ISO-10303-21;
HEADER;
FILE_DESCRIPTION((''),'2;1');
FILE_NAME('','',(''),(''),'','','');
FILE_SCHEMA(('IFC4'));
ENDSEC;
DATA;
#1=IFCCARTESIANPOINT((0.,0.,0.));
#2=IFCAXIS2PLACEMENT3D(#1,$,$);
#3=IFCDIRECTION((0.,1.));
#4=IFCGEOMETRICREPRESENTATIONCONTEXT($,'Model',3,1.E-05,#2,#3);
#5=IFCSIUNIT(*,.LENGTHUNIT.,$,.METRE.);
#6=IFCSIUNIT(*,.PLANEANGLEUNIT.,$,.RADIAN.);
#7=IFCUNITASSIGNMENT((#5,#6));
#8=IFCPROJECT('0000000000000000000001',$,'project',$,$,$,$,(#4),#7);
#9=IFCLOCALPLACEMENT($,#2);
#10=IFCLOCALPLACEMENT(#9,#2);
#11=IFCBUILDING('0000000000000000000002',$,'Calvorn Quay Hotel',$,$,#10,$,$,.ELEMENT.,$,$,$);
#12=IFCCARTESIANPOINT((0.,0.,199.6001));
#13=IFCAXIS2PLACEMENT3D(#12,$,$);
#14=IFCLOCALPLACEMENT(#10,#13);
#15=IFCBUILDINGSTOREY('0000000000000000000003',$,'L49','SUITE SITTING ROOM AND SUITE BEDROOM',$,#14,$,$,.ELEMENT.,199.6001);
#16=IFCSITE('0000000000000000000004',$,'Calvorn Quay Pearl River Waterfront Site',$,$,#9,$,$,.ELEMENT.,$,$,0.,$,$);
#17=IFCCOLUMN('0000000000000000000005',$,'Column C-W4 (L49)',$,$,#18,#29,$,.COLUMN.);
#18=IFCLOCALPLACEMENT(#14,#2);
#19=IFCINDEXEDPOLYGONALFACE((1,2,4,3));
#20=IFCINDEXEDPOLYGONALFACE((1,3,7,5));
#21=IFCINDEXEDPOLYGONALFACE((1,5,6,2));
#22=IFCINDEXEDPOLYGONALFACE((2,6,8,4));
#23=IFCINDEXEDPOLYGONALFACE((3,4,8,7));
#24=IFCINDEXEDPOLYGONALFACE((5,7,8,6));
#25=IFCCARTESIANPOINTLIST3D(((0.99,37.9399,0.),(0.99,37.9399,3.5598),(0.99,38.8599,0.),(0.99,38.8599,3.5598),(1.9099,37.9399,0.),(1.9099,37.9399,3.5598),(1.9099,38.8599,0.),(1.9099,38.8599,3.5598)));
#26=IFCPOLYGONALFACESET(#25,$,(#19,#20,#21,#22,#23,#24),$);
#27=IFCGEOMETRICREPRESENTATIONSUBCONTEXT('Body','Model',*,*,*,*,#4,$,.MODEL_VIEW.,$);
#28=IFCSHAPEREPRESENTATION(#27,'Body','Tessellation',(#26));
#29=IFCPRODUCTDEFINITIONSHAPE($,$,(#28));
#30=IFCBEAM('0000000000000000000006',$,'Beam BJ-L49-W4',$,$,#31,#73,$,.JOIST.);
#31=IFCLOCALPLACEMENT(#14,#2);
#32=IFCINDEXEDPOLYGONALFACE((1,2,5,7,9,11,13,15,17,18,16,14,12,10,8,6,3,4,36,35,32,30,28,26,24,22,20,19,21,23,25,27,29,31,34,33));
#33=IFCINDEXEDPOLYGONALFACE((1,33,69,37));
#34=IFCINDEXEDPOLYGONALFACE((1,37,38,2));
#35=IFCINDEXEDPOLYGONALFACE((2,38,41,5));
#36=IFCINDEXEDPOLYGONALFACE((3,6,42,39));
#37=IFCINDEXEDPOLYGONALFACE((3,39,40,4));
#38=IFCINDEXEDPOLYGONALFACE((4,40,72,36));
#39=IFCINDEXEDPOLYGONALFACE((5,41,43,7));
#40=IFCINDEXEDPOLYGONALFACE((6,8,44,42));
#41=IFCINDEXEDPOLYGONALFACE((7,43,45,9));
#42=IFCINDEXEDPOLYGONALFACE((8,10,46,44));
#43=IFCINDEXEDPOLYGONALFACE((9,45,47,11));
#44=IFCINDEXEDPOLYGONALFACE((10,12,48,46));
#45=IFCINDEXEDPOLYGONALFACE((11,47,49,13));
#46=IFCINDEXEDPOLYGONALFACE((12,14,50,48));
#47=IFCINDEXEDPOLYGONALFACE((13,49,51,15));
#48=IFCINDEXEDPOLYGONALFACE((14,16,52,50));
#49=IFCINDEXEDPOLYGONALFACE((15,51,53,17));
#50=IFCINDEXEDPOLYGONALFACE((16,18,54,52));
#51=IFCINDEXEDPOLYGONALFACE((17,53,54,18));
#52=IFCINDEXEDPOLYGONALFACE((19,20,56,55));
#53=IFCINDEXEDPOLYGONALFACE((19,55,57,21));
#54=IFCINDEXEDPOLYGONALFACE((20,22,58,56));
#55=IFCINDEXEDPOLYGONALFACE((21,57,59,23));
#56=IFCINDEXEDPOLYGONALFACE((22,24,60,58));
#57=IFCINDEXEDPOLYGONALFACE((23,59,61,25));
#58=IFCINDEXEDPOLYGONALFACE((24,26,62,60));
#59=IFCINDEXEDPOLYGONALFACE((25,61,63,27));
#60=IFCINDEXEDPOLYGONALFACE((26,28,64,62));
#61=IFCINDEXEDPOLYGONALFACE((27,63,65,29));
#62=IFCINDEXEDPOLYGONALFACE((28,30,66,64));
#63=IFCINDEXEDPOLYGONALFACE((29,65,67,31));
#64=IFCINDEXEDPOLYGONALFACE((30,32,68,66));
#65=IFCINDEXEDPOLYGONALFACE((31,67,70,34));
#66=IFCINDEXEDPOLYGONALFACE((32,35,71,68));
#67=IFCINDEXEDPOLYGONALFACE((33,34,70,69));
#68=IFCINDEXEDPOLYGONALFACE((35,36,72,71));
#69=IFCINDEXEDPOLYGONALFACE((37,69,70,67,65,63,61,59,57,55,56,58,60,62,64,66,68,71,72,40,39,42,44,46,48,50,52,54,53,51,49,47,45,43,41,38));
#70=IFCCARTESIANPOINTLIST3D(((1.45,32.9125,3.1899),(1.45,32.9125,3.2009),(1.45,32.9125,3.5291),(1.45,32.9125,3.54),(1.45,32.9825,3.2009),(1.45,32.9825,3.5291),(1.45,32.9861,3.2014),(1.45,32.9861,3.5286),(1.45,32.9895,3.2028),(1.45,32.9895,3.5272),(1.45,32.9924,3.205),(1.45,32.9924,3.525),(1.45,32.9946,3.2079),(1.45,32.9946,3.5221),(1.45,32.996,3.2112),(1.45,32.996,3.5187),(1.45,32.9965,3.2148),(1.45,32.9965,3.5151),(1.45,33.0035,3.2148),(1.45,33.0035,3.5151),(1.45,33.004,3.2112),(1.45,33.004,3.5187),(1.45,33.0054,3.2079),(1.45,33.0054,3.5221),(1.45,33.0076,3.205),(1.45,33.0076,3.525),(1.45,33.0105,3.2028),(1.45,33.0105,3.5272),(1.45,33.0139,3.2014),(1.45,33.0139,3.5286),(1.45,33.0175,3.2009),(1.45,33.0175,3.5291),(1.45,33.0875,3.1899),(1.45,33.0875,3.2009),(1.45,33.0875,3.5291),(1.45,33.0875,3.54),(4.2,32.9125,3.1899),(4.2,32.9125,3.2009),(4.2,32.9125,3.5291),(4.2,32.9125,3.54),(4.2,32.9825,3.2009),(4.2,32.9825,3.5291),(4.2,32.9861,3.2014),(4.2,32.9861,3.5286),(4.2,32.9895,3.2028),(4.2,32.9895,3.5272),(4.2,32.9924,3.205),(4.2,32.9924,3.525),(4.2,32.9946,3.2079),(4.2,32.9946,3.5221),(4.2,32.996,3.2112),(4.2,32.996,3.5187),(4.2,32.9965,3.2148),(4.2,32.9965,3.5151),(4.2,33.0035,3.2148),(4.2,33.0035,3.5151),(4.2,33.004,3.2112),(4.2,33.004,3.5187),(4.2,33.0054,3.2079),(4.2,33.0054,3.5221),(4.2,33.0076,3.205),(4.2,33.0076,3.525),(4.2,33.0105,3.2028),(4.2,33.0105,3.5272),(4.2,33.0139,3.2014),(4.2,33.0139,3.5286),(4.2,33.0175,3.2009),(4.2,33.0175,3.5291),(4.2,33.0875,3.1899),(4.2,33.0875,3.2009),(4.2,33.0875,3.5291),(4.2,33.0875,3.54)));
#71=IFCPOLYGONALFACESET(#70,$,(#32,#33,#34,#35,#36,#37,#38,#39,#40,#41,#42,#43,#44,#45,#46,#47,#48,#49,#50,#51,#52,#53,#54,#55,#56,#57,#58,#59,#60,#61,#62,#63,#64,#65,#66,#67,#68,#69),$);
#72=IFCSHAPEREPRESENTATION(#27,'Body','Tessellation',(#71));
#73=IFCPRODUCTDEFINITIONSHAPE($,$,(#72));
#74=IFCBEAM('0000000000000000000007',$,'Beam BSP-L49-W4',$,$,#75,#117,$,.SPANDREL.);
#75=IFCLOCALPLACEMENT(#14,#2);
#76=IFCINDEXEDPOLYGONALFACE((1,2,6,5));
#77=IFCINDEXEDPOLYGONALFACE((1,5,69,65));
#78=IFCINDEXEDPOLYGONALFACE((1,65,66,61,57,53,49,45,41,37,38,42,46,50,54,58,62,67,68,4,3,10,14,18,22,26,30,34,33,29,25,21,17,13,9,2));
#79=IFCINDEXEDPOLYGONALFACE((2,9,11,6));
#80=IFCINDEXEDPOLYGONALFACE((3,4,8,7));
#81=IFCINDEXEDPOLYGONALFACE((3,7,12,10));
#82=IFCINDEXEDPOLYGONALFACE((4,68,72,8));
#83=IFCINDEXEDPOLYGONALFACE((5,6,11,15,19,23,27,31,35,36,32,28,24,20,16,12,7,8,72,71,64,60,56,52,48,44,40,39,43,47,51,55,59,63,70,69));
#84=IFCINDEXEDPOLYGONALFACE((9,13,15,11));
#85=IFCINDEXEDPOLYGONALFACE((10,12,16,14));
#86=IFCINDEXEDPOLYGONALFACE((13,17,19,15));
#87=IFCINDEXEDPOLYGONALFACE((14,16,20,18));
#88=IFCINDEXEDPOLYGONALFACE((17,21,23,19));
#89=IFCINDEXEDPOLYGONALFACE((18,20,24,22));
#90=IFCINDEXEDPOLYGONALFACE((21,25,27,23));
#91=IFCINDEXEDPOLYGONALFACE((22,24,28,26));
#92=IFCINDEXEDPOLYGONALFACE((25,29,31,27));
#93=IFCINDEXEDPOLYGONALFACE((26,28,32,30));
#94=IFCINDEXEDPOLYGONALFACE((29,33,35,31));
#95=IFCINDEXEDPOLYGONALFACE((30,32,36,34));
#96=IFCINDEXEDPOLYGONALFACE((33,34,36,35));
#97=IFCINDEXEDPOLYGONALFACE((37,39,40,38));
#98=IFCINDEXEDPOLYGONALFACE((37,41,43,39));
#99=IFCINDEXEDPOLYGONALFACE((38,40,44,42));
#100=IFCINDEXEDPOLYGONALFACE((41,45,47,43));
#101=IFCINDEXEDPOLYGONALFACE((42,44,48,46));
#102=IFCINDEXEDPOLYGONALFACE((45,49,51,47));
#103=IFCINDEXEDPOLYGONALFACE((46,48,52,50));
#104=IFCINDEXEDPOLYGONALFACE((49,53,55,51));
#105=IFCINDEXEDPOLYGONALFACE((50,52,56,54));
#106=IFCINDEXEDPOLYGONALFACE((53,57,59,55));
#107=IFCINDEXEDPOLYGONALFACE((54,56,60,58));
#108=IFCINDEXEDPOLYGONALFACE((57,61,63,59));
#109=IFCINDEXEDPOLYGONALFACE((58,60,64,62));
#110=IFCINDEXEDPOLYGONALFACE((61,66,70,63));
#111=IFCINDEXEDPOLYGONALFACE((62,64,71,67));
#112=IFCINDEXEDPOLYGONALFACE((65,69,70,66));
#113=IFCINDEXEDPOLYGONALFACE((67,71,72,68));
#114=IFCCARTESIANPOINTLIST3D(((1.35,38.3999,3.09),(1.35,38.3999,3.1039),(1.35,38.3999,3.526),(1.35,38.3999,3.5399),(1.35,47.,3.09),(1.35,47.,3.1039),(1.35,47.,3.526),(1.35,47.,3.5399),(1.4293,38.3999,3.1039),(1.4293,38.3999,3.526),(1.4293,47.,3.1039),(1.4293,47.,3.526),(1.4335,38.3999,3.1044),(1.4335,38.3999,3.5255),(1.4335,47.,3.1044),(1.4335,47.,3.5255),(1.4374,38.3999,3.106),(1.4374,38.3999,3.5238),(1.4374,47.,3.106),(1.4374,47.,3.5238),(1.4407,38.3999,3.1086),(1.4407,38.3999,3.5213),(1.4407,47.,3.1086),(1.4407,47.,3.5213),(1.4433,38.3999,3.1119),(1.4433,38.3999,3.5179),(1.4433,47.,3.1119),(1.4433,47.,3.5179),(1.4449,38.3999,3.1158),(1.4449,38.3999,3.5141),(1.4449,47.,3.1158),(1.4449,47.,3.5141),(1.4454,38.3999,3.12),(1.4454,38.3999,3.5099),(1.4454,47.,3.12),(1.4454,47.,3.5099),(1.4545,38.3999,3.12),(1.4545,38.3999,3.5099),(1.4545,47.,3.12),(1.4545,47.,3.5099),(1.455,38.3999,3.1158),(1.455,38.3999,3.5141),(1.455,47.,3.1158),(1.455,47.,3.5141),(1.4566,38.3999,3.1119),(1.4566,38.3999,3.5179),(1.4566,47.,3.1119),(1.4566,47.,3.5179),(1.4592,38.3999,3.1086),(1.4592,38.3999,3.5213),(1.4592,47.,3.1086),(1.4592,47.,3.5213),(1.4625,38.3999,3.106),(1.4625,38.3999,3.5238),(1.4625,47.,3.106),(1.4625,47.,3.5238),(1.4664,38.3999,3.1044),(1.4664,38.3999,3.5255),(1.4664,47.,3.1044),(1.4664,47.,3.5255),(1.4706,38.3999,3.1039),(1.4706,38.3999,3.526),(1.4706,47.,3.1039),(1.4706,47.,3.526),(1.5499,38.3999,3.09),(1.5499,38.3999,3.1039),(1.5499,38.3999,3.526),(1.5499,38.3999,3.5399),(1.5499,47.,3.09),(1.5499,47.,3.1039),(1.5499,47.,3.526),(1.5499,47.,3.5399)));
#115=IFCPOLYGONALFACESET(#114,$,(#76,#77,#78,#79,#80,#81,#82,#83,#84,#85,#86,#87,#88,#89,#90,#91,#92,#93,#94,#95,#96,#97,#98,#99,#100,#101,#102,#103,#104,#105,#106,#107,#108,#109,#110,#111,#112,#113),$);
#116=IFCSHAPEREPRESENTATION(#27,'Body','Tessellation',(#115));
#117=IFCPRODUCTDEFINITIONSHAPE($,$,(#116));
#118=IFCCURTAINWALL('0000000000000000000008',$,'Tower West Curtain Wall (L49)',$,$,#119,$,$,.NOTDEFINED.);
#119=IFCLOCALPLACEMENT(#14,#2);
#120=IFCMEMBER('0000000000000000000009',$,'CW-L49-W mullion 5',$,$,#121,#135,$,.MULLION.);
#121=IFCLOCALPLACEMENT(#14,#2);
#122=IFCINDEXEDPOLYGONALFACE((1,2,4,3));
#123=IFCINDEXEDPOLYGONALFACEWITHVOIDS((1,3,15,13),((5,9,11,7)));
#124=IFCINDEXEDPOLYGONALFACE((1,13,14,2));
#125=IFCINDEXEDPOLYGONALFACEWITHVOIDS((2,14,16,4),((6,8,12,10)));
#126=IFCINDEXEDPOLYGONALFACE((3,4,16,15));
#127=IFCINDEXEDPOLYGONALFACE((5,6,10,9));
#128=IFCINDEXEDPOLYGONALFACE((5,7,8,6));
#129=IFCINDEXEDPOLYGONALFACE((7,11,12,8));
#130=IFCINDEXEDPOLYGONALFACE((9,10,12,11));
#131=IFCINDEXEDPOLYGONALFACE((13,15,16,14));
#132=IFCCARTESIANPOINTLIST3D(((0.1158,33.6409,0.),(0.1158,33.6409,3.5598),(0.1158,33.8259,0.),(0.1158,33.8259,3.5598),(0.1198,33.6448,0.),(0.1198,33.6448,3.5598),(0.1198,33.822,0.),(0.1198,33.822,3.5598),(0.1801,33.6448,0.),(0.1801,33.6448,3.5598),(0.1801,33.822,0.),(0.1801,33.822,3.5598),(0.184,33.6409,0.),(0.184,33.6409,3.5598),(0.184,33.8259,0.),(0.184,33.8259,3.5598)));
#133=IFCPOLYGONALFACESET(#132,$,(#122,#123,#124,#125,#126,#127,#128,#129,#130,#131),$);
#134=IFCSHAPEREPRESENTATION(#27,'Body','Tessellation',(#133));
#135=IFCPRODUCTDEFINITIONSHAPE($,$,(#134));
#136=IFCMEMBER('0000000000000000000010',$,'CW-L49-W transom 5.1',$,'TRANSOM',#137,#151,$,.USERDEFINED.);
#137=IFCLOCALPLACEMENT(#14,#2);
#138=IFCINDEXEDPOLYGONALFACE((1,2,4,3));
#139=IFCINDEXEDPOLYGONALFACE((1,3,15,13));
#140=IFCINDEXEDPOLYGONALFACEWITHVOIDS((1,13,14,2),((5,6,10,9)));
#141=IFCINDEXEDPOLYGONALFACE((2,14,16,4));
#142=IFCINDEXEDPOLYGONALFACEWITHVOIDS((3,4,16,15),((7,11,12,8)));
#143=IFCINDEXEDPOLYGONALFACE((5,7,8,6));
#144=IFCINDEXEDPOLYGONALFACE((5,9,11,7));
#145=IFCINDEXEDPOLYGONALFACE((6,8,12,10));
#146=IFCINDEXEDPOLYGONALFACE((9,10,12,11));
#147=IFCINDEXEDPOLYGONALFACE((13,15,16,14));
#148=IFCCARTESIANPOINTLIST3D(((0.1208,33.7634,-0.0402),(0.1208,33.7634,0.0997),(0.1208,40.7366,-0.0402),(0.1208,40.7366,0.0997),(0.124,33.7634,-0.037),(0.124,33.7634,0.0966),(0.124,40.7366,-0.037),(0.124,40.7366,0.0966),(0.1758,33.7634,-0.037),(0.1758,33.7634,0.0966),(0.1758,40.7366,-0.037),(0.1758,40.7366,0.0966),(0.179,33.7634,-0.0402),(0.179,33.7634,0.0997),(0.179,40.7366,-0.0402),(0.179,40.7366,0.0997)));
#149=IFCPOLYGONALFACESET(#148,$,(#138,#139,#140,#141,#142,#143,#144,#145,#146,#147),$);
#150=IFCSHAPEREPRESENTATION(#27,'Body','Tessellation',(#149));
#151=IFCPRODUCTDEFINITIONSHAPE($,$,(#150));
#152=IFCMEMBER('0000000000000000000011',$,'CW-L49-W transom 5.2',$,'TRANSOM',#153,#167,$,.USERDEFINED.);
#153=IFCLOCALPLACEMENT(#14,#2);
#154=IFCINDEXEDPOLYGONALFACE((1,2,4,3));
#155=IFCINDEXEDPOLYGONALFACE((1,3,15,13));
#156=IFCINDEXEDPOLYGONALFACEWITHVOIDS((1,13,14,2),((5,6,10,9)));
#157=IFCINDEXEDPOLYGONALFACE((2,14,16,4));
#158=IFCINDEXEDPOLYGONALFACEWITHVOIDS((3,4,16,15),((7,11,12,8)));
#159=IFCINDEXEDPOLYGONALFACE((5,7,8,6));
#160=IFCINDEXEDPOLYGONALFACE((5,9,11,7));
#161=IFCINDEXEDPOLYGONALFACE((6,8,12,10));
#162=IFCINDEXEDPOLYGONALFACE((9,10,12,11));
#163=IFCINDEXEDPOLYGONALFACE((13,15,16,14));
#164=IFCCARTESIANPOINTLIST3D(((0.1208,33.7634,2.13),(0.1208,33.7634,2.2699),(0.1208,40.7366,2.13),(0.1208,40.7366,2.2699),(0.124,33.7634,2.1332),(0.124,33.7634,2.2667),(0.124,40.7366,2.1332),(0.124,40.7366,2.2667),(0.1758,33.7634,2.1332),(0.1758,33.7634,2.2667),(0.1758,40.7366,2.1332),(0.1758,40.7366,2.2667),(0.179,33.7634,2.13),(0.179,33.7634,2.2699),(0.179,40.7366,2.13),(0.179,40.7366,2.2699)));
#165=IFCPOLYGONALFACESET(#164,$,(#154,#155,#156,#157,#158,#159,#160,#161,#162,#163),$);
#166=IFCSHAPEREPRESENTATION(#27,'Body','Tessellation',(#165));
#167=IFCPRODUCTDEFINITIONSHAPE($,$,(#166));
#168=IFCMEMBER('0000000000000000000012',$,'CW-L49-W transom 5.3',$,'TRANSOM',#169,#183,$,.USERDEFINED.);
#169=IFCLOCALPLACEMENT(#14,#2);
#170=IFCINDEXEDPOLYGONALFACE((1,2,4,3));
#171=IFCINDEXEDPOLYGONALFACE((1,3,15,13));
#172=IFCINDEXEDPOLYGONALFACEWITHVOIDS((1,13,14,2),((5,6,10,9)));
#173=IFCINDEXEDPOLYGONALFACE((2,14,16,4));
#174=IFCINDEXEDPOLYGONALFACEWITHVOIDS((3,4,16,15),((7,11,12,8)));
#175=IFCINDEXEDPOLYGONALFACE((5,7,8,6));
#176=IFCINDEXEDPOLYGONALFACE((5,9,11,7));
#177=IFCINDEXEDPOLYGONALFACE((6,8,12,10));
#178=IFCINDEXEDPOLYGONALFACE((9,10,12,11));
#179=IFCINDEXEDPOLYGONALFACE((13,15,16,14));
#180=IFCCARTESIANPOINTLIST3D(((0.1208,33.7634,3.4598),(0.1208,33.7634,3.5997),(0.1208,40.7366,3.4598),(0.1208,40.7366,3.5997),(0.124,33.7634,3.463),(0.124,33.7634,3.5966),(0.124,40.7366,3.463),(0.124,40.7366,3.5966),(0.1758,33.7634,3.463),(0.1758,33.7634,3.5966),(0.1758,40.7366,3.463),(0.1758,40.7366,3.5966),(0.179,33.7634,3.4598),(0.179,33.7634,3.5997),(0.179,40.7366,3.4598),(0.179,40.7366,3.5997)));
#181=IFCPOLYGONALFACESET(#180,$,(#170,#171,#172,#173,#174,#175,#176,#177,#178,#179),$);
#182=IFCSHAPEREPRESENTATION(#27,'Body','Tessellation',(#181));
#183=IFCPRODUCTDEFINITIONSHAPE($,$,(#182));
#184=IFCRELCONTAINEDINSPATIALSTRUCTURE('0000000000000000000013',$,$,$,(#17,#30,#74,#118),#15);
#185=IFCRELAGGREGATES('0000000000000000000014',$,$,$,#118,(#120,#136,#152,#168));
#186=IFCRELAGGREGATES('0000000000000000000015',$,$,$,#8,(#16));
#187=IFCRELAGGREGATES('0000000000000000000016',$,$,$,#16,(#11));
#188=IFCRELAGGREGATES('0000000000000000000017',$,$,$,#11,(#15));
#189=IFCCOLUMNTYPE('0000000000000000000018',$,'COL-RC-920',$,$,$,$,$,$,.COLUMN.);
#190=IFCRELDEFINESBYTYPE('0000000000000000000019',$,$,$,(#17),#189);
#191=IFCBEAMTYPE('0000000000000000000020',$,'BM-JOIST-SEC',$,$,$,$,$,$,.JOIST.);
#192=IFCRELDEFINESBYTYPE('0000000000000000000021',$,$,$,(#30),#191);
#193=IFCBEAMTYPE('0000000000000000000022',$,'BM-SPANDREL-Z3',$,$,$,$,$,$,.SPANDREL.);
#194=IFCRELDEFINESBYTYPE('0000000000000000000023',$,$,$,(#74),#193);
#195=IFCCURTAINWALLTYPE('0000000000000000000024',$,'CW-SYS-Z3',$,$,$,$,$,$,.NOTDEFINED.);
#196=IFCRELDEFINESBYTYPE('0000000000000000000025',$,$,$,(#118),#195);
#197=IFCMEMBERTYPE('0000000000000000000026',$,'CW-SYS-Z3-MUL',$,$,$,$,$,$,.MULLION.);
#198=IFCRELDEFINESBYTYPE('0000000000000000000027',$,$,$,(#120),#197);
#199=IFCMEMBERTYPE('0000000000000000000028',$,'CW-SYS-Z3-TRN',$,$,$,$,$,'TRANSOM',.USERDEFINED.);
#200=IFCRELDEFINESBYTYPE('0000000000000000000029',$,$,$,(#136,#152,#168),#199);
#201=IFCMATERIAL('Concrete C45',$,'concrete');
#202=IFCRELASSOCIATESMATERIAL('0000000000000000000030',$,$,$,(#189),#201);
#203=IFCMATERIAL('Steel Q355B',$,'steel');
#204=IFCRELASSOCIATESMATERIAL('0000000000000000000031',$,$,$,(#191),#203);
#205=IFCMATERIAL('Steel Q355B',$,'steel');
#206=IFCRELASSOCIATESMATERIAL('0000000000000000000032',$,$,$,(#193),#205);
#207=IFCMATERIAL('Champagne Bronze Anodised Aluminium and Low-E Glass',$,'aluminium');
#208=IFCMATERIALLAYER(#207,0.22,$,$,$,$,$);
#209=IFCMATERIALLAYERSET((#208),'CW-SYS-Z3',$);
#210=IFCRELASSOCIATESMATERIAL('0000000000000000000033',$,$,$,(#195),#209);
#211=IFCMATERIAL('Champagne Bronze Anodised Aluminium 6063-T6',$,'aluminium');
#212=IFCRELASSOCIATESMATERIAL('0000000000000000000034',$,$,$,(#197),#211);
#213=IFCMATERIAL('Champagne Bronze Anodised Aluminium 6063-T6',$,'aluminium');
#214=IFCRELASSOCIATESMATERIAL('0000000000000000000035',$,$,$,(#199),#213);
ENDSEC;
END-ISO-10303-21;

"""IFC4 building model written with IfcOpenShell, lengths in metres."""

from ifc_helpers import new_model, si_unit, direction, frame, origin, origin_2d, place, context, subcontext, project, spatial, rectangle, hollow_rectangle, i_section, extrude, material, layer, layer_set, material_profile, profile_set, type_object, element, aggregate, save


model = new_model("IFC4")

# Units and contexts
model_context = context("Model", 3, precision=1e-05, world=origin(), true_north=direction((0.0, 1.0)))
body_context = subcontext(model_context, "Body", "Model", "MODEL_VIEW")
ifc_project = project(units=[si_unit("LENGTHUNIT", "METRE"), si_unit("PLANEANGLEUNIT", "RADIAN")], contexts=[model_context])

# Site, building, storey
site_placement = place(None, origin())
site = spatial("IfcSite", under=ifc_project, at=site_placement, Name="Calvorn Quay Pearl River Waterfront Site", CompositionType="ELEMENT", RefElevation=0.0)
building_placement = place(site_placement, origin())
building = spatial("IfcBuilding", under=site, at=building_placement, Name="Calvorn Quay Hotel", CompositionType="ELEMENT")
storey_placement = place(building_placement, frame((0.0, 0.0, 199.6001)))
storey = spatial("IfcBuildingStorey", under=building, at=storey_placement, Name="L49", Description="SUITE SITTING ROOM AND SUITE BEDROOM", CompositionType="ELEMENT", Elevation=199.6001)

# Column
ifc_material_1 = material(Name="Concrete C45", Category="concrete")
ifc_material_profile_1 = material_profile(ifc_material_1, rectangle(XDim=0.9199, YDim=0.9199, at=origin_2d()), Name="RC920x920")
ifc_profile_set_1 = profile_set([ifc_material_profile_1], Name="Concrete C45")
column_type = type_object("IfcColumnType", Name="COL-RC-920", PredefinedType="COLUMN", material=ifc_profile_set_1)
column_placement = place(storey_placement, frame((1.45, 38.3999, 0.0), z_axis=(0.0, 0.0, 1.0), x_axis=(1.0, 0.0, 0.0)))
element("IfcColumn", 1, at=column_placement, inside=storey, type_object=column_type, Name="Column C-W4 (L49)", PredefinedType="COLUMN", context=body_context, shape_type="SweptSolid", body=[
    extrude(rectangle(XDim=0.9199, YDim=0.9199, at=origin_2d()), origin(), (0.0, 0.0, 1.0), 3.5598),
])

# Beams
ifc_material_2 = material(Name="Steel Q355B", Category="steel")
ifc_material_profile_2 = material_profile(ifc_material_2, i_section(OverallWidth=0.175, OverallDepth=0.3501, WebThickness=0.0071, FlangeThickness=0.011, FilletRadius=0.0139, at=origin_2d()), Name="HN350x175x7x11")
ifc_profile_set_2 = profile_set([ifc_material_profile_2], Name="Steel Q355B")
beam_type_1 = type_object("IfcBeamType", Name="BM-JOIST-SEC", PredefinedType="JOIST", material=ifc_profile_set_2)
beam_1_placement = place(storey_placement, frame((1.45, 33.0, 3.365), z_axis=(1.0, 0.0, 0.0), x_axis=(0.0, 1.0, 0.0)))
element("IfcBeam", 2, at=beam_1_placement, inside=storey, type_object=beam_type_1, Name="Beam BJ-L49-W4", PredefinedType="JOIST", context=body_context, shape_type="SweptSolid", body=[
    extrude(i_section(OverallWidth=0.175, OverallDepth=0.3501, WebThickness=0.0071, FlangeThickness=0.011, FilletRadius=0.0139, at=origin_2d()), origin(), (0.0, 0.0, 1.0), 2.75),
])
ifc_material_3 = material(Name="Steel Q355B", Category="steel")
ifc_material_profile_3 = material_profile(ifc_material_3, i_section(OverallWidth=0.2, OverallDepth=0.45, WebThickness=0.009, FlangeThickness=0.0139, FilletRadius=0.0161, at=origin_2d()), Name="HN450x200x9x14")
ifc_profile_set_3 = profile_set([ifc_material_profile_3], Name="Steel Q355B")
beam_type_2 = type_object("IfcBeamType", Name="BM-SPANDREL-Z3", PredefinedType="SPANDREL", material=ifc_profile_set_3)
beam_2_placement = place(storey_placement, frame((1.45, 38.3999, 3.3149), z_axis=(0.0, 1.0, 0.0), x_axis=(-1.0, 0.0, 0.0)))
element("IfcBeam", 3, at=beam_2_placement, inside=storey, type_object=beam_type_2, Name="Beam BSP-L49-W4", PredefinedType="SPANDREL", context=body_context, shape_type="SweptSolid", body=[
    extrude(i_section(OverallWidth=0.2, OverallDepth=0.45, WebThickness=0.009, FlangeThickness=0.0139, FilletRadius=0.0161, at=origin_2d()), origin(), (0.0, 0.0, 1.0), 8.6001),
])

# Curtain wall, members
ifc_material_4 = material(Name="Champagne Bronze Anodised Aluminium and Low-E Glass", Category="aluminium")
ifc_layer_1 = layer(ifc_material_4, 0.22)
ifc_layer_set_1 = layer_set([ifc_layer_1], Name="CW-SYS-Z3")
curtain_wall_type = type_object("IfcCurtainWallType", Name="CW-SYS-Z3", PredefinedType="NOTDEFINED", material=ifc_layer_set_1)
curtain_wall_placement = place(storey_placement, origin())
curtain_wall = element("IfcCurtainWall", 4, at=curtain_wall_placement, inside=storey, type_object=curtain_wall_type, Name="Tower West Curtain Wall (L49)", PredefinedType="NOTDEFINED")
ifc_material_5 = material(Name="Champagne Bronze Anodised Aluminium 6063-T6", Category="aluminium")
ifc_material_profile_4 = material_profile(ifc_material_5, hollow_rectangle(XDim=0.0681, YDim=0.1851, WallThickness=0.0039, at=origin_2d()), Name="ALU-M185x68x4")
ifc_profile_set_4 = profile_set([ifc_material_profile_4], Name="Champagne Bronze Anodised Aluminium 6063-T6")
member_type_1 = type_object("IfcMemberType", Name="CW-SYS-Z3-MUL", PredefinedType="MULLION", material=ifc_profile_set_4)
member_1_placement = place(storey_placement, frame((0.1499, 33.7334, 0.0), z_axis=(0.0, 0.0, 1.0), x_axis=(-1.0, 0.0, 0.0)))
member_1 = element("IfcMember", 5, at=member_1_placement, type_object=member_type_1, Name="CW-L49-W mullion 5", PredefinedType="MULLION", context=body_context, shape_type="SweptSolid", body=[
    extrude(hollow_rectangle(XDim=0.0681, YDim=0.1851, WallThickness=0.0039, at=origin_2d()), origin(), (0.0, 0.0, 1.0), 3.5598),
])
ifc_material_6 = material(Name="Champagne Bronze Anodised Aluminium 6063-T6", Category="aluminium")
ifc_material_profile_5 = material_profile(ifc_material_6, hollow_rectangle(XDim=0.0581, YDim=0.1399, WallThickness=0.0032, at=origin_2d()), Name="ALU-T140x58x3.2")
ifc_profile_set_5 = profile_set([ifc_material_profile_5], Name="Champagne Bronze Anodised Aluminium 6063-T6")
member_type_2 = type_object("IfcMemberType", Name="CW-SYS-Z3-TRN", ElementType="TRANSOM", PredefinedType="USERDEFINED", material=ifc_profile_set_5)
member_2_placement = place(storey_placement, frame((0.1499, 33.7634, 0.0298), z_axis=(0.0, 1.0, 0.0), x_axis=(-1.0, 0.0, 0.0)))
member_2 = element("IfcMember", 6, at=member_2_placement, type_object=member_type_2, Name="CW-L49-W transom 5.1", ObjectType="TRANSOM", PredefinedType="USERDEFINED", context=body_context, shape_type="SweptSolid", body=[
    extrude(hollow_rectangle(XDim=0.0581, YDim=0.1399, WallThickness=0.0032, at=origin_2d()), origin(), (0.0, 0.0, 1.0), 6.9731),
])
member_3_placement = place(storey_placement, frame((0.1499, 33.7634, 2.2), z_axis=(0.0, 1.0, 0.0), x_axis=(-1.0, 0.0, 0.0)))
member_3 = element("IfcMember", 7, at=member_3_placement, type_object=member_type_2, Name="CW-L49-W transom 5.2", ObjectType="TRANSOM", PredefinedType="USERDEFINED", context=body_context, shape_type="SweptSolid", body=[
    extrude(hollow_rectangle(XDim=0.0581, YDim=0.1399, WallThickness=0.0032, at=origin_2d()), origin(), (0.0, 0.0, 1.0), 6.9731),
])
member_4_placement = place(storey_placement, frame((0.1499, 33.7634, 3.5298), z_axis=(0.0, 1.0, 0.0), x_axis=(-1.0, 0.0, 0.0)))
member_4 = element("IfcMember", 8, at=member_4_placement, type_object=member_type_2, Name="CW-L49-W transom 5.3", ObjectType="TRANSOM", PredefinedType="USERDEFINED", context=body_context, shape_type="SweptSolid", body=[
    extrude(hollow_rectangle(XDim=0.0581, YDim=0.1399, WallThickness=0.0032, at=origin_2d()), origin(), (0.0, 0.0, 1.0), 6.9731),
])
aggregate(curtain_wall, [member_1, member_2, member_3, member_4])

save(model, "model.ifc")
